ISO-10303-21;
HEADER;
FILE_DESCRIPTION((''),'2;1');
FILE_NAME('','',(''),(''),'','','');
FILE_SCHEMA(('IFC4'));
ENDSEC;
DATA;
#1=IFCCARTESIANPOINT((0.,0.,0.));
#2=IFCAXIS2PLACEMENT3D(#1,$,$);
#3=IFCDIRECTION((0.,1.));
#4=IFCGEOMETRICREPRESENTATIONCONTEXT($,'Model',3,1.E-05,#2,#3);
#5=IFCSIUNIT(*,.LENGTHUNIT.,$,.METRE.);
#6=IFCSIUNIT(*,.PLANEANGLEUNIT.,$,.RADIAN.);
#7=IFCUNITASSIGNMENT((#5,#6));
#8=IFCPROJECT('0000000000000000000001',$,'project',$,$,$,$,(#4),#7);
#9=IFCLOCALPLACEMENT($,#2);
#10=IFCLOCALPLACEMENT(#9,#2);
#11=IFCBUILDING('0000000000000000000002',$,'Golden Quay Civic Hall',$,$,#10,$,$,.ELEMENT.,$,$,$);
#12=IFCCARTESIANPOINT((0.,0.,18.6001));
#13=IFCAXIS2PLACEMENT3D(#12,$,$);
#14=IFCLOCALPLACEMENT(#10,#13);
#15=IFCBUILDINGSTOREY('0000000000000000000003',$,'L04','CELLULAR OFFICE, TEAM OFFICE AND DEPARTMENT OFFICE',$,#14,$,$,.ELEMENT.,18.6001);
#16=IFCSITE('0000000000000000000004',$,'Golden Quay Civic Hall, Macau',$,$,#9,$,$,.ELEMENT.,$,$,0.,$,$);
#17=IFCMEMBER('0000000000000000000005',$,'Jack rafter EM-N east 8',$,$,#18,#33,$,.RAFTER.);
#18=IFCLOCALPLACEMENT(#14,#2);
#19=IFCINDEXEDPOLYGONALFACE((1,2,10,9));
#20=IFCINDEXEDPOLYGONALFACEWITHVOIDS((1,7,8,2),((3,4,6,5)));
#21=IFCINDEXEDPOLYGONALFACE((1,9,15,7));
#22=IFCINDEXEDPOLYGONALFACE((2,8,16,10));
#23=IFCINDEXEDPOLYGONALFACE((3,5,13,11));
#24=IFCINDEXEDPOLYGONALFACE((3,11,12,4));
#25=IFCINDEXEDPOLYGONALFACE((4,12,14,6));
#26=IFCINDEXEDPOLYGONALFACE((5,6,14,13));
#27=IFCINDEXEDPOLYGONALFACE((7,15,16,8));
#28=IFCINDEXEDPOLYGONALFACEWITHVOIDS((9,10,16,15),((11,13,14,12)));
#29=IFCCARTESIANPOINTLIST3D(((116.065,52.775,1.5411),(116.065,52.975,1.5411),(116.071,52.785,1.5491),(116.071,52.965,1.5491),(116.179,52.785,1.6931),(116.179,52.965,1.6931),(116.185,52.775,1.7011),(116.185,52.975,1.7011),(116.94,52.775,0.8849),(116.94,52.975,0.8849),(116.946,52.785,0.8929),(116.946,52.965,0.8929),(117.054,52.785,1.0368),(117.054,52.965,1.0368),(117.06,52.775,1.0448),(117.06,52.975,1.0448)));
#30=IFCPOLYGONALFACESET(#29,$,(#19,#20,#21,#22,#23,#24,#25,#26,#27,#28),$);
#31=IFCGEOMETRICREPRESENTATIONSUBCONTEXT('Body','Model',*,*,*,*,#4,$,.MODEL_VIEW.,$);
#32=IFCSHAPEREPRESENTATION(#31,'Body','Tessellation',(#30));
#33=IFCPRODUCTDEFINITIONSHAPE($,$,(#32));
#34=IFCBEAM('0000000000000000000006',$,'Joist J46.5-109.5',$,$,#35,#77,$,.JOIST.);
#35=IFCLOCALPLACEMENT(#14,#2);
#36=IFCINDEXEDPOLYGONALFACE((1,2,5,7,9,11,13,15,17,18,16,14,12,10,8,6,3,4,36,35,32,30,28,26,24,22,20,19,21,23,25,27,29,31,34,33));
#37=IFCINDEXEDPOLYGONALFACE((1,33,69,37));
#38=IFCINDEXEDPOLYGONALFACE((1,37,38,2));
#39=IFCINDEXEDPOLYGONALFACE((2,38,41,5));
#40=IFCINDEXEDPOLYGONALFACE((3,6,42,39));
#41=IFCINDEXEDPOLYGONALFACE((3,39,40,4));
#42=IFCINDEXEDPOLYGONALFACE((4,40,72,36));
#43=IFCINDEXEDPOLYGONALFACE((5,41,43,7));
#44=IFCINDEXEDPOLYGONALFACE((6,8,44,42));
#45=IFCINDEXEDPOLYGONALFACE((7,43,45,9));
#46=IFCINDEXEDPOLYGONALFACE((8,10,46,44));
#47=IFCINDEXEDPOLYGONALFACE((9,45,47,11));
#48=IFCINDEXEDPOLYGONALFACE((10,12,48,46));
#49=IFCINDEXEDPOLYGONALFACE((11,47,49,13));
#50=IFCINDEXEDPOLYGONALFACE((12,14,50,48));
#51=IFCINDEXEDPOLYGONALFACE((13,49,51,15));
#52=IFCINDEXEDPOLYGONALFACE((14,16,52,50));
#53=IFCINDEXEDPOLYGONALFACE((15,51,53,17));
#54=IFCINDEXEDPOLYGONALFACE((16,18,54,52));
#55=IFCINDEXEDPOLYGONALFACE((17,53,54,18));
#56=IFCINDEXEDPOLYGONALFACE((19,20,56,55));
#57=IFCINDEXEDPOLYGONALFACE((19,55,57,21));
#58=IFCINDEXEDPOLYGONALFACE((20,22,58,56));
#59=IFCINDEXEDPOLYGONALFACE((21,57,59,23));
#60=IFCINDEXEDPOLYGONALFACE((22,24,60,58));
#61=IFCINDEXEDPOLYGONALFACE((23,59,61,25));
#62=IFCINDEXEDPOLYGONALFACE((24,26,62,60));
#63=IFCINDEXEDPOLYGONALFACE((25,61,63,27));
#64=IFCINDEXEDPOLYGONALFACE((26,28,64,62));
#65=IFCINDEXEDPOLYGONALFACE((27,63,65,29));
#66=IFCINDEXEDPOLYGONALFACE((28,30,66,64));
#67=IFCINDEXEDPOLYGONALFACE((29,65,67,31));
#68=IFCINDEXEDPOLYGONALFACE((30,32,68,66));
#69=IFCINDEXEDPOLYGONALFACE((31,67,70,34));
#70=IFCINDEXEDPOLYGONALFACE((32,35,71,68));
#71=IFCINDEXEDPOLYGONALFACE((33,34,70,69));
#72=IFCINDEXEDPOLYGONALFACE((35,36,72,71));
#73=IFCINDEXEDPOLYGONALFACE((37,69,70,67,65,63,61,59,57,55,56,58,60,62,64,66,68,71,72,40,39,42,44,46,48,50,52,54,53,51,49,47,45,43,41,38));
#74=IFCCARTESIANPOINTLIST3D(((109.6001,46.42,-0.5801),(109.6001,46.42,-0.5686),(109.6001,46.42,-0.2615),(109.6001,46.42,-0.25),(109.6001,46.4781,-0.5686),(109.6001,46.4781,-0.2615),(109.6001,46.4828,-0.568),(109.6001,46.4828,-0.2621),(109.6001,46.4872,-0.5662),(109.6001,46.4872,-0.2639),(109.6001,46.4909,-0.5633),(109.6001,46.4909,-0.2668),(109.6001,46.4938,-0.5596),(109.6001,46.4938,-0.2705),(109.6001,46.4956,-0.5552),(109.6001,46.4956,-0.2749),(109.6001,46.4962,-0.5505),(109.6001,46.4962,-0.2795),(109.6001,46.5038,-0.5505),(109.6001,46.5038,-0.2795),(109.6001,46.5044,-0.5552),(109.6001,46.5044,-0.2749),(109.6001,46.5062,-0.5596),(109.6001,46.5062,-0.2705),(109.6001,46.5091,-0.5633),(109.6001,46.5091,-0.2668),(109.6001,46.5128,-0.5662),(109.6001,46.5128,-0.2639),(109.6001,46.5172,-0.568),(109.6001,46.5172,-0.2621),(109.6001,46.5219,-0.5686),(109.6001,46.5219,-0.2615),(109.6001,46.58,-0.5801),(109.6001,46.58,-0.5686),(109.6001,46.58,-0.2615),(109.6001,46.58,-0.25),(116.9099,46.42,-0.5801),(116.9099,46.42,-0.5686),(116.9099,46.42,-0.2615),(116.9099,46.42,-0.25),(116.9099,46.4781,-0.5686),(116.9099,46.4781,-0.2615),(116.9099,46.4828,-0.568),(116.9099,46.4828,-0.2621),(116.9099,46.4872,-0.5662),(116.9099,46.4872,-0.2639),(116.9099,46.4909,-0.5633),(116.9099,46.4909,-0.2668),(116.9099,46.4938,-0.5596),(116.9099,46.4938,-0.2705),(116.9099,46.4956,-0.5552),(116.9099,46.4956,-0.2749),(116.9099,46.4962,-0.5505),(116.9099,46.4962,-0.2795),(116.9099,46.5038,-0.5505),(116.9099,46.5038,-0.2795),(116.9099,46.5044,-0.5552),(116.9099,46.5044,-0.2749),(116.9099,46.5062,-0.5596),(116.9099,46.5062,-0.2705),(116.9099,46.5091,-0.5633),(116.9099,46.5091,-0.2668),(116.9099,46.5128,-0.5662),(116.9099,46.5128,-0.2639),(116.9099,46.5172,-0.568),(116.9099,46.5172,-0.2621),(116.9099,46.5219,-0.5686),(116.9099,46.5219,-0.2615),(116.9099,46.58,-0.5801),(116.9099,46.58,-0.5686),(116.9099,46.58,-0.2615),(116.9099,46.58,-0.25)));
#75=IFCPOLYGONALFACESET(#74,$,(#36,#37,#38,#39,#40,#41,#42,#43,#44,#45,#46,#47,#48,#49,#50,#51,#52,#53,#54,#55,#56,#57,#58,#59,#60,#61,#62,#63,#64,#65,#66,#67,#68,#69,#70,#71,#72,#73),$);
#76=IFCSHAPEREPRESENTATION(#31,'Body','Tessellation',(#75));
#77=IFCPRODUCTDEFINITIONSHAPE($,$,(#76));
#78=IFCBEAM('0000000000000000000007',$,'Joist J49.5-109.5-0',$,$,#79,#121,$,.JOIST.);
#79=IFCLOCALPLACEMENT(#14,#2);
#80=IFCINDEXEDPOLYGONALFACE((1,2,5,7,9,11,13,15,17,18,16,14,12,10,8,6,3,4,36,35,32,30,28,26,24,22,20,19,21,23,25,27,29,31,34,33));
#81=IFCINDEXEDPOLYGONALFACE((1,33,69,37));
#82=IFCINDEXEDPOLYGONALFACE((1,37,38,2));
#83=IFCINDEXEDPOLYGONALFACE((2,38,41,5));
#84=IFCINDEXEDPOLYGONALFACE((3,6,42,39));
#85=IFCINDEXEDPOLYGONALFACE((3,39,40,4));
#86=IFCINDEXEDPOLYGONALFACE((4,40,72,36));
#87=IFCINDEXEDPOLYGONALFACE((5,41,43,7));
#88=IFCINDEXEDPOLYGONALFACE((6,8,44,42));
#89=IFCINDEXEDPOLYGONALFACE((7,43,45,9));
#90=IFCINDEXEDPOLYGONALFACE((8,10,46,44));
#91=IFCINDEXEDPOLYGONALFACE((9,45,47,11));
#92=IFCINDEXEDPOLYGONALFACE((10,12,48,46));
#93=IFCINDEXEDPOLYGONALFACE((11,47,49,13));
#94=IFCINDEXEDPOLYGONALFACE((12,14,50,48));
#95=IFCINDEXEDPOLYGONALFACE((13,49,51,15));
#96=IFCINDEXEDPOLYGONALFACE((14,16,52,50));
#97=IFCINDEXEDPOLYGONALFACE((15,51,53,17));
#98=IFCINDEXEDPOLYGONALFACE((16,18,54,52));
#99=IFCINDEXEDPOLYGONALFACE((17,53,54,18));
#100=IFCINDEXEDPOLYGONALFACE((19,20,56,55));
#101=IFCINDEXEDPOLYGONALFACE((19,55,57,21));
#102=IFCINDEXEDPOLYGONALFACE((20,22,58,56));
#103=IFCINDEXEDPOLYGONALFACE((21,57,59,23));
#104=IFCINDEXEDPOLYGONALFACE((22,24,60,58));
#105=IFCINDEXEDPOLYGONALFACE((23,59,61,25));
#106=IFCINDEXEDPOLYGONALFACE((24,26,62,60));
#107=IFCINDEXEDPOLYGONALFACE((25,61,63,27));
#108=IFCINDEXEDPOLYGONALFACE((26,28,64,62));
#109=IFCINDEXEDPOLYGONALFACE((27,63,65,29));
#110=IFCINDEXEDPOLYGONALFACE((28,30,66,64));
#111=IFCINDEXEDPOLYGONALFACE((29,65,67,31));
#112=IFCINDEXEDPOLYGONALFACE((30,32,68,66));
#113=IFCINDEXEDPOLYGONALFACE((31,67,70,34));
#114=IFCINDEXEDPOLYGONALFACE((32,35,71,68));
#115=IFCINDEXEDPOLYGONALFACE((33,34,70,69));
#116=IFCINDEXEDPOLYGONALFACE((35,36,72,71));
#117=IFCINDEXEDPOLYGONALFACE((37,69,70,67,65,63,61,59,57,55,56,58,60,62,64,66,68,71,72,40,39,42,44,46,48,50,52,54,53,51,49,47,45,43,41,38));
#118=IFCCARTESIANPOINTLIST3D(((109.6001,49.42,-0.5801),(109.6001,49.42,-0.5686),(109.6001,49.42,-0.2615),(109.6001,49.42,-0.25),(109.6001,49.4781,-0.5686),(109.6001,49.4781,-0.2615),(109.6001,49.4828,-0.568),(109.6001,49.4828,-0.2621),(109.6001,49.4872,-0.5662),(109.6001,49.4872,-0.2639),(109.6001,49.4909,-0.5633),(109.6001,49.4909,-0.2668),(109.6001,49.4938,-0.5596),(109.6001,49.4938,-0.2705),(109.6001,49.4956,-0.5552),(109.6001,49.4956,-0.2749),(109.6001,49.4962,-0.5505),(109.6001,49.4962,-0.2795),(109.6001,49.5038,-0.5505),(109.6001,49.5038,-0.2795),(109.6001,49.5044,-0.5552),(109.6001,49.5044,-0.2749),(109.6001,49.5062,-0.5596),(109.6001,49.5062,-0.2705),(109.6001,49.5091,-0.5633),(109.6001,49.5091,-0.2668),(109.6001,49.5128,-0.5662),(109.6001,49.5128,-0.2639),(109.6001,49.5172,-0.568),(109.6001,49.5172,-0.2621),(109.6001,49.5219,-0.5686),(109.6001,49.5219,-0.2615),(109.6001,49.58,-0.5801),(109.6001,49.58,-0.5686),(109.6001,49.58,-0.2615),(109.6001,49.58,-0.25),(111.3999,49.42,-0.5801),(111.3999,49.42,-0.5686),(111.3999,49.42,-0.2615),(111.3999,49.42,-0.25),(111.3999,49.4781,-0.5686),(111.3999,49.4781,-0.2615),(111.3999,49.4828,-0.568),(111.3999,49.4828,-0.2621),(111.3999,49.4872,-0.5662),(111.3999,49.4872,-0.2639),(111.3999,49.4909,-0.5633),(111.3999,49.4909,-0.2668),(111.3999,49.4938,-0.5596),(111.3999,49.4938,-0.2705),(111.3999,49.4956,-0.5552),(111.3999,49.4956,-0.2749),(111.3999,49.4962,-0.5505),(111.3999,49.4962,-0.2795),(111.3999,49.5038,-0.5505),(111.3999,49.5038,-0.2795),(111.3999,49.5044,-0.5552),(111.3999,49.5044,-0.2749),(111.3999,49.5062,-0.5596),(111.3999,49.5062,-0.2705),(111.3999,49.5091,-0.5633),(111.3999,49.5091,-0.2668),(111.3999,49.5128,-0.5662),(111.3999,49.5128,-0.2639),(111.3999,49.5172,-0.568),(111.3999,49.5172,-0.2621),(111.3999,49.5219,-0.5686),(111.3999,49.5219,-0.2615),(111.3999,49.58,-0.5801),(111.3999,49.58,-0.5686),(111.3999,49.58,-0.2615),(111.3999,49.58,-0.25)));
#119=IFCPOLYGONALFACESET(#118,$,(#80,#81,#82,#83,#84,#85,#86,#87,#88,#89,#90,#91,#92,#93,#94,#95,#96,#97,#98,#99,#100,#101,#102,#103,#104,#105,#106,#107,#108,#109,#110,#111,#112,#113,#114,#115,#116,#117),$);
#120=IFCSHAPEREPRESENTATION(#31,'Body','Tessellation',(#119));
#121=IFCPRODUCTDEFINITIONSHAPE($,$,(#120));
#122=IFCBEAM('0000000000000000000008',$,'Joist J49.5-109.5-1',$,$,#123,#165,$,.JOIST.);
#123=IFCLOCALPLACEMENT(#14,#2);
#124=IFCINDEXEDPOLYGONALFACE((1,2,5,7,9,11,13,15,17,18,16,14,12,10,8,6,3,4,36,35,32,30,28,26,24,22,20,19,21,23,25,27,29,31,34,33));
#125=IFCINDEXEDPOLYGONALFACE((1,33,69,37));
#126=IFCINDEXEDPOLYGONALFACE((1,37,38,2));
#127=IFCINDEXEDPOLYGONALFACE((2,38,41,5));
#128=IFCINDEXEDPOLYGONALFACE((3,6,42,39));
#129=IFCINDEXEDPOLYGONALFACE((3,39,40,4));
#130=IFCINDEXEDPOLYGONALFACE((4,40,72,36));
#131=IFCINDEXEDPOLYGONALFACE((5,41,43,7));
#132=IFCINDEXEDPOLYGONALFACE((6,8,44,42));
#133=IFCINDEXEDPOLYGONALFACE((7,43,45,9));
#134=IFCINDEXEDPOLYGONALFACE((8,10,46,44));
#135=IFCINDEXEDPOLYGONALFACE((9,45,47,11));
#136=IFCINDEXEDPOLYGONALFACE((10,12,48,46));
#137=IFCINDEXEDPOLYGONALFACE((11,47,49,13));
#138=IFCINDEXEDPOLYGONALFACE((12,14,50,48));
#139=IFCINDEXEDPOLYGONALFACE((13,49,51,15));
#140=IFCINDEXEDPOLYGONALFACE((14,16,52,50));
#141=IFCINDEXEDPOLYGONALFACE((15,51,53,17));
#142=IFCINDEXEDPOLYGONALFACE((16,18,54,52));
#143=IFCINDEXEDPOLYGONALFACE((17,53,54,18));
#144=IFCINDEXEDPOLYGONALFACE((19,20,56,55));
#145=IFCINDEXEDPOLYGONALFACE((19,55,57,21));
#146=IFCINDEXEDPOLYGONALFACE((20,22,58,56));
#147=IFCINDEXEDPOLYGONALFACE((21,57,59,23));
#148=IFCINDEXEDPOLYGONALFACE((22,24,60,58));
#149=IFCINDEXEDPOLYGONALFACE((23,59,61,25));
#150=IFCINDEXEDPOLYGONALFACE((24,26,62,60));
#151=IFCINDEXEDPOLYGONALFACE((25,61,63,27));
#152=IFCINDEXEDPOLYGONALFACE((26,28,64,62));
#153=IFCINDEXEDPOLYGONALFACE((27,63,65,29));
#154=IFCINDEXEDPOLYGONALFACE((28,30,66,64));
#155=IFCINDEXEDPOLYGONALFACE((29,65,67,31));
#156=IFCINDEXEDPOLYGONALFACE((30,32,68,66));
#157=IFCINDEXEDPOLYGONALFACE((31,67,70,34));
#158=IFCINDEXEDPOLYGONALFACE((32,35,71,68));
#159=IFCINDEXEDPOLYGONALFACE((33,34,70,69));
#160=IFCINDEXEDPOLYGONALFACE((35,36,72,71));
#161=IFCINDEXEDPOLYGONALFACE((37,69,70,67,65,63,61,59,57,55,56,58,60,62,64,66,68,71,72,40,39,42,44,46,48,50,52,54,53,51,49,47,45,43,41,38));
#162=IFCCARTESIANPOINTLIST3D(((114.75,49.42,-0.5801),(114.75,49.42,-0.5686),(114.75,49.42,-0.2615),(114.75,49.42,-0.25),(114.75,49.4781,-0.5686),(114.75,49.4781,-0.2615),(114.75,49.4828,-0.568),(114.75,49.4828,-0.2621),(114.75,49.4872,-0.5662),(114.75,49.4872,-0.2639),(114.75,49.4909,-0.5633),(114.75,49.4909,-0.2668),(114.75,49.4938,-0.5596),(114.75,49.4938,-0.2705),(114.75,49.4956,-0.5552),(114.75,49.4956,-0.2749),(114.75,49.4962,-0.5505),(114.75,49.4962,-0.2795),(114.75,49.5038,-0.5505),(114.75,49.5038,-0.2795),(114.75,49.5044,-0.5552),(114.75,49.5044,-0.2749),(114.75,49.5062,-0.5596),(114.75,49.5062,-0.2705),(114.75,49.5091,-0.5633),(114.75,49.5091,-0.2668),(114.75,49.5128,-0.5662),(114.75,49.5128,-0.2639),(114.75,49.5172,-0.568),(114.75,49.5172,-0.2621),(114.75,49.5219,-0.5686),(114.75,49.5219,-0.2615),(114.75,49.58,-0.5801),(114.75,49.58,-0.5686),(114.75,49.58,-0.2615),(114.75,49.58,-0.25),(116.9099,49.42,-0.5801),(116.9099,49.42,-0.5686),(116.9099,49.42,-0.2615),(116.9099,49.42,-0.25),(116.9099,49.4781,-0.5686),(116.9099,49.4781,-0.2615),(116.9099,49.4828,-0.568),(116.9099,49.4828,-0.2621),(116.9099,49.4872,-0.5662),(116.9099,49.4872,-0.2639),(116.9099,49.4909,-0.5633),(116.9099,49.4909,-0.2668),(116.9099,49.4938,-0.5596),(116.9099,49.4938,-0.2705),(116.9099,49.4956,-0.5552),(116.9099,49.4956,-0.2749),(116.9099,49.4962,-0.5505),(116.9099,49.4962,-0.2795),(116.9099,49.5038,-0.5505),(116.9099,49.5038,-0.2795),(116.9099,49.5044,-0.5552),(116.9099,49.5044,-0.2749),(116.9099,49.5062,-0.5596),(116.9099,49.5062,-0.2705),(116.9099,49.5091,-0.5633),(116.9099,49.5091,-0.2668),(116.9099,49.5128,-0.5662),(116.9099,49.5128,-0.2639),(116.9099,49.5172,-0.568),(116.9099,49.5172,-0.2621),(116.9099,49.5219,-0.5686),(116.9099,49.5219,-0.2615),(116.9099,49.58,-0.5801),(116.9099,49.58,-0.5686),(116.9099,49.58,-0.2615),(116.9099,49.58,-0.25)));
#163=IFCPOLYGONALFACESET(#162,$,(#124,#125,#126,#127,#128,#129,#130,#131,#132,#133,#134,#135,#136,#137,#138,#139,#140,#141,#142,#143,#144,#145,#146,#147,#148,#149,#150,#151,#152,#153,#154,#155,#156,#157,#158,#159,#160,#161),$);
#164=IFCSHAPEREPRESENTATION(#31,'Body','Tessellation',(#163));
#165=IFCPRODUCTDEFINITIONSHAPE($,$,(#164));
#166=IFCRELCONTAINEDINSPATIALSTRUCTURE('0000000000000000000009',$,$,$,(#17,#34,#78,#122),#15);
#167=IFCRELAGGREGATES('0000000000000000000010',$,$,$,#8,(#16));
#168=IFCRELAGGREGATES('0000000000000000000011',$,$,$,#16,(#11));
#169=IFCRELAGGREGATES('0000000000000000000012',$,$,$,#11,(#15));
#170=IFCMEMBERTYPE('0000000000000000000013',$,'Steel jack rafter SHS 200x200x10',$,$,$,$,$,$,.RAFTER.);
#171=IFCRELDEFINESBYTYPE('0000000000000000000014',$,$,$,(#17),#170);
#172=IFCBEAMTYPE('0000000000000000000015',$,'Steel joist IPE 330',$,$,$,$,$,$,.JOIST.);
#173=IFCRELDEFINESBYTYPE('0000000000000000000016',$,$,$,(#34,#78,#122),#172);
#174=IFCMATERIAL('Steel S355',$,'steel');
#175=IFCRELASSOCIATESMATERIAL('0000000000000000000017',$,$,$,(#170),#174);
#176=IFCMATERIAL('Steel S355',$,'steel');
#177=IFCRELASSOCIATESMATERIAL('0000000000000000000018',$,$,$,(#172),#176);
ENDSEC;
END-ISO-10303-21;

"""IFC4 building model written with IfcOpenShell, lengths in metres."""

from ifc_helpers import new_model, si_unit, direction, frame, origin, origin_2d, place, context, subcontext, project, spatial, hollow_rectangle, i_section, extrude, material, material_profile, profile_set, type_object, element, save


model = new_model("IFC4")

# Units and contexts
model_context = context("Model", 3, precision=1e-05, world=origin(), true_north=direction((0.0, 1.0)))
body_context = subcontext(model_context, "Body", "Model", "MODEL_VIEW")
ifc_project = project(units=[si_unit("LENGTHUNIT", "METRE"), si_unit("PLANEANGLEUNIT", "RADIAN")], contexts=[model_context])

# Site, building, storey
site_placement = place(None, origin())
site = spatial("IfcSite", under=ifc_project, at=site_placement, Name="Golden Quay Civic Hall, Macau", CompositionType="ELEMENT", RefElevation=0.0)
building_placement = place(site_placement, origin())
building = spatial("IfcBuilding", under=site, at=building_placement, Name="Golden Quay Civic Hall", CompositionType="ELEMENT")
storey_placement = place(building_placement, frame((0.0, 0.0, 18.6001)))
storey = spatial("IfcBuildingStorey", under=building, at=storey_placement, Name="L04", Description="CELLULAR OFFICE, TEAM OFFICE AND DEPARTMENT OFFICE", CompositionType="ELEMENT", Elevation=18.6001)

# Member
ifc_material_1 = material(Name="Steel S355", Category="steel")
ifc_material_profile_1 = material_profile(ifc_material_1, hollow_rectangle(XDim=0.2, YDim=0.2, WallThickness=0.01, at=origin_2d()), Name="SHS 200x200x10")
ifc_profile_set_1 = profile_set([ifc_material_profile_1], Name="Steel S355")
member_type_1 = type_object("IfcMemberType", Name="Steel jack rafter SHS 200x200x10", PredefinedType="RAFTER", material=ifc_profile_set_1)
member_1_placement = place(storey_placement, frame((117.0, 52.875, 0.9648), z_axis=(-0.8, 0.0, 0.6), x_axis=(0.0, -1.0, 0.0)))
element("IfcMember", 1, at=member_1_placement, inside=storey, type_object=member_type_1, Name="Jack rafter EM-N east 8", PredefinedType="RAFTER", context=body_context, shape_type="SweptSolid", body=[
    extrude(hollow_rectangle(XDim=0.2, YDim=0.2, WallThickness=0.01, at=origin_2d()), origin(), (0.0, 0.0, 1.0), 1.0938),
])

# Beams
ifc_material_2 = material(Name="Steel S355", Category="steel")
ifc_material_profile_2 = material_profile(ifc_material_2, i_section(OverallWidth=0.1599, OverallDepth=0.3301, WebThickness=0.0076, FlangeThickness=0.0115, FilletRadius=0.0181, at=origin_2d()), Name="IPE 330")
ifc_profile_set_2 = profile_set([ifc_material_profile_2], Name="Steel S355")
beam_type_1 = type_object("IfcBeamType", Name="Steel joist IPE 330", PredefinedType="JOIST", material=ifc_profile_set_2)
beam_1_placement = place(storey_placement, frame((109.6001, 46.5, -0.415), z_axis=(1.0, 0.0, 0.0), x_axis=(0.0, 1.0, 0.0)))
element("IfcBeam", 2, at=beam_1_placement, inside=storey, type_object=beam_type_1, Name="Joist J46.5-109.5", PredefinedType="JOIST", context=body_context, shape_type="SweptSolid", body=[
    extrude(i_section(OverallWidth=0.1599, OverallDepth=0.3301, WebThickness=0.0076, FlangeThickness=0.0115, FilletRadius=0.0181, at=origin_2d()), origin(), (0.0, 0.0, 1.0), 7.3098),
])
beam_2_placement = place(storey_placement, frame((109.6001, 49.5, -0.415), z_axis=(1.0, 0.0, 0.0), x_axis=(0.0, 1.0, 0.0)))
element("IfcBeam", 3, at=beam_2_placement, inside=storey, type_object=beam_type_1, Name="Joist J49.5-109.5-0", PredefinedType="JOIST", context=body_context, shape_type="SweptSolid", body=[
    extrude(i_section(OverallWidth=0.1599, OverallDepth=0.3301, WebThickness=0.0076, FlangeThickness=0.0115, FilletRadius=0.0181, at=origin_2d()), origin(), (0.0, 0.0, 1.0), 1.7998),
])
beam_3_placement = place(storey_placement, frame((114.75, 49.5, -0.415), z_axis=(1.0, 0.0, 0.0), x_axis=(0.0, 1.0, 0.0)))
element("IfcBeam", 4, at=beam_3_placement, inside=storey, type_object=beam_type_1, Name="Joist J49.5-109.5-1", PredefinedType="JOIST", context=body_context, shape_type="SweptSolid", body=[
    extrude(i_section(OverallWidth=0.1599, OverallDepth=0.3301, WebThickness=0.0076, FlangeThickness=0.0115, FilletRadius=0.0181, at=origin_2d()), origin(), (0.0, 0.0, 1.0), 2.1599),
])

save(model, "model.ifc")
